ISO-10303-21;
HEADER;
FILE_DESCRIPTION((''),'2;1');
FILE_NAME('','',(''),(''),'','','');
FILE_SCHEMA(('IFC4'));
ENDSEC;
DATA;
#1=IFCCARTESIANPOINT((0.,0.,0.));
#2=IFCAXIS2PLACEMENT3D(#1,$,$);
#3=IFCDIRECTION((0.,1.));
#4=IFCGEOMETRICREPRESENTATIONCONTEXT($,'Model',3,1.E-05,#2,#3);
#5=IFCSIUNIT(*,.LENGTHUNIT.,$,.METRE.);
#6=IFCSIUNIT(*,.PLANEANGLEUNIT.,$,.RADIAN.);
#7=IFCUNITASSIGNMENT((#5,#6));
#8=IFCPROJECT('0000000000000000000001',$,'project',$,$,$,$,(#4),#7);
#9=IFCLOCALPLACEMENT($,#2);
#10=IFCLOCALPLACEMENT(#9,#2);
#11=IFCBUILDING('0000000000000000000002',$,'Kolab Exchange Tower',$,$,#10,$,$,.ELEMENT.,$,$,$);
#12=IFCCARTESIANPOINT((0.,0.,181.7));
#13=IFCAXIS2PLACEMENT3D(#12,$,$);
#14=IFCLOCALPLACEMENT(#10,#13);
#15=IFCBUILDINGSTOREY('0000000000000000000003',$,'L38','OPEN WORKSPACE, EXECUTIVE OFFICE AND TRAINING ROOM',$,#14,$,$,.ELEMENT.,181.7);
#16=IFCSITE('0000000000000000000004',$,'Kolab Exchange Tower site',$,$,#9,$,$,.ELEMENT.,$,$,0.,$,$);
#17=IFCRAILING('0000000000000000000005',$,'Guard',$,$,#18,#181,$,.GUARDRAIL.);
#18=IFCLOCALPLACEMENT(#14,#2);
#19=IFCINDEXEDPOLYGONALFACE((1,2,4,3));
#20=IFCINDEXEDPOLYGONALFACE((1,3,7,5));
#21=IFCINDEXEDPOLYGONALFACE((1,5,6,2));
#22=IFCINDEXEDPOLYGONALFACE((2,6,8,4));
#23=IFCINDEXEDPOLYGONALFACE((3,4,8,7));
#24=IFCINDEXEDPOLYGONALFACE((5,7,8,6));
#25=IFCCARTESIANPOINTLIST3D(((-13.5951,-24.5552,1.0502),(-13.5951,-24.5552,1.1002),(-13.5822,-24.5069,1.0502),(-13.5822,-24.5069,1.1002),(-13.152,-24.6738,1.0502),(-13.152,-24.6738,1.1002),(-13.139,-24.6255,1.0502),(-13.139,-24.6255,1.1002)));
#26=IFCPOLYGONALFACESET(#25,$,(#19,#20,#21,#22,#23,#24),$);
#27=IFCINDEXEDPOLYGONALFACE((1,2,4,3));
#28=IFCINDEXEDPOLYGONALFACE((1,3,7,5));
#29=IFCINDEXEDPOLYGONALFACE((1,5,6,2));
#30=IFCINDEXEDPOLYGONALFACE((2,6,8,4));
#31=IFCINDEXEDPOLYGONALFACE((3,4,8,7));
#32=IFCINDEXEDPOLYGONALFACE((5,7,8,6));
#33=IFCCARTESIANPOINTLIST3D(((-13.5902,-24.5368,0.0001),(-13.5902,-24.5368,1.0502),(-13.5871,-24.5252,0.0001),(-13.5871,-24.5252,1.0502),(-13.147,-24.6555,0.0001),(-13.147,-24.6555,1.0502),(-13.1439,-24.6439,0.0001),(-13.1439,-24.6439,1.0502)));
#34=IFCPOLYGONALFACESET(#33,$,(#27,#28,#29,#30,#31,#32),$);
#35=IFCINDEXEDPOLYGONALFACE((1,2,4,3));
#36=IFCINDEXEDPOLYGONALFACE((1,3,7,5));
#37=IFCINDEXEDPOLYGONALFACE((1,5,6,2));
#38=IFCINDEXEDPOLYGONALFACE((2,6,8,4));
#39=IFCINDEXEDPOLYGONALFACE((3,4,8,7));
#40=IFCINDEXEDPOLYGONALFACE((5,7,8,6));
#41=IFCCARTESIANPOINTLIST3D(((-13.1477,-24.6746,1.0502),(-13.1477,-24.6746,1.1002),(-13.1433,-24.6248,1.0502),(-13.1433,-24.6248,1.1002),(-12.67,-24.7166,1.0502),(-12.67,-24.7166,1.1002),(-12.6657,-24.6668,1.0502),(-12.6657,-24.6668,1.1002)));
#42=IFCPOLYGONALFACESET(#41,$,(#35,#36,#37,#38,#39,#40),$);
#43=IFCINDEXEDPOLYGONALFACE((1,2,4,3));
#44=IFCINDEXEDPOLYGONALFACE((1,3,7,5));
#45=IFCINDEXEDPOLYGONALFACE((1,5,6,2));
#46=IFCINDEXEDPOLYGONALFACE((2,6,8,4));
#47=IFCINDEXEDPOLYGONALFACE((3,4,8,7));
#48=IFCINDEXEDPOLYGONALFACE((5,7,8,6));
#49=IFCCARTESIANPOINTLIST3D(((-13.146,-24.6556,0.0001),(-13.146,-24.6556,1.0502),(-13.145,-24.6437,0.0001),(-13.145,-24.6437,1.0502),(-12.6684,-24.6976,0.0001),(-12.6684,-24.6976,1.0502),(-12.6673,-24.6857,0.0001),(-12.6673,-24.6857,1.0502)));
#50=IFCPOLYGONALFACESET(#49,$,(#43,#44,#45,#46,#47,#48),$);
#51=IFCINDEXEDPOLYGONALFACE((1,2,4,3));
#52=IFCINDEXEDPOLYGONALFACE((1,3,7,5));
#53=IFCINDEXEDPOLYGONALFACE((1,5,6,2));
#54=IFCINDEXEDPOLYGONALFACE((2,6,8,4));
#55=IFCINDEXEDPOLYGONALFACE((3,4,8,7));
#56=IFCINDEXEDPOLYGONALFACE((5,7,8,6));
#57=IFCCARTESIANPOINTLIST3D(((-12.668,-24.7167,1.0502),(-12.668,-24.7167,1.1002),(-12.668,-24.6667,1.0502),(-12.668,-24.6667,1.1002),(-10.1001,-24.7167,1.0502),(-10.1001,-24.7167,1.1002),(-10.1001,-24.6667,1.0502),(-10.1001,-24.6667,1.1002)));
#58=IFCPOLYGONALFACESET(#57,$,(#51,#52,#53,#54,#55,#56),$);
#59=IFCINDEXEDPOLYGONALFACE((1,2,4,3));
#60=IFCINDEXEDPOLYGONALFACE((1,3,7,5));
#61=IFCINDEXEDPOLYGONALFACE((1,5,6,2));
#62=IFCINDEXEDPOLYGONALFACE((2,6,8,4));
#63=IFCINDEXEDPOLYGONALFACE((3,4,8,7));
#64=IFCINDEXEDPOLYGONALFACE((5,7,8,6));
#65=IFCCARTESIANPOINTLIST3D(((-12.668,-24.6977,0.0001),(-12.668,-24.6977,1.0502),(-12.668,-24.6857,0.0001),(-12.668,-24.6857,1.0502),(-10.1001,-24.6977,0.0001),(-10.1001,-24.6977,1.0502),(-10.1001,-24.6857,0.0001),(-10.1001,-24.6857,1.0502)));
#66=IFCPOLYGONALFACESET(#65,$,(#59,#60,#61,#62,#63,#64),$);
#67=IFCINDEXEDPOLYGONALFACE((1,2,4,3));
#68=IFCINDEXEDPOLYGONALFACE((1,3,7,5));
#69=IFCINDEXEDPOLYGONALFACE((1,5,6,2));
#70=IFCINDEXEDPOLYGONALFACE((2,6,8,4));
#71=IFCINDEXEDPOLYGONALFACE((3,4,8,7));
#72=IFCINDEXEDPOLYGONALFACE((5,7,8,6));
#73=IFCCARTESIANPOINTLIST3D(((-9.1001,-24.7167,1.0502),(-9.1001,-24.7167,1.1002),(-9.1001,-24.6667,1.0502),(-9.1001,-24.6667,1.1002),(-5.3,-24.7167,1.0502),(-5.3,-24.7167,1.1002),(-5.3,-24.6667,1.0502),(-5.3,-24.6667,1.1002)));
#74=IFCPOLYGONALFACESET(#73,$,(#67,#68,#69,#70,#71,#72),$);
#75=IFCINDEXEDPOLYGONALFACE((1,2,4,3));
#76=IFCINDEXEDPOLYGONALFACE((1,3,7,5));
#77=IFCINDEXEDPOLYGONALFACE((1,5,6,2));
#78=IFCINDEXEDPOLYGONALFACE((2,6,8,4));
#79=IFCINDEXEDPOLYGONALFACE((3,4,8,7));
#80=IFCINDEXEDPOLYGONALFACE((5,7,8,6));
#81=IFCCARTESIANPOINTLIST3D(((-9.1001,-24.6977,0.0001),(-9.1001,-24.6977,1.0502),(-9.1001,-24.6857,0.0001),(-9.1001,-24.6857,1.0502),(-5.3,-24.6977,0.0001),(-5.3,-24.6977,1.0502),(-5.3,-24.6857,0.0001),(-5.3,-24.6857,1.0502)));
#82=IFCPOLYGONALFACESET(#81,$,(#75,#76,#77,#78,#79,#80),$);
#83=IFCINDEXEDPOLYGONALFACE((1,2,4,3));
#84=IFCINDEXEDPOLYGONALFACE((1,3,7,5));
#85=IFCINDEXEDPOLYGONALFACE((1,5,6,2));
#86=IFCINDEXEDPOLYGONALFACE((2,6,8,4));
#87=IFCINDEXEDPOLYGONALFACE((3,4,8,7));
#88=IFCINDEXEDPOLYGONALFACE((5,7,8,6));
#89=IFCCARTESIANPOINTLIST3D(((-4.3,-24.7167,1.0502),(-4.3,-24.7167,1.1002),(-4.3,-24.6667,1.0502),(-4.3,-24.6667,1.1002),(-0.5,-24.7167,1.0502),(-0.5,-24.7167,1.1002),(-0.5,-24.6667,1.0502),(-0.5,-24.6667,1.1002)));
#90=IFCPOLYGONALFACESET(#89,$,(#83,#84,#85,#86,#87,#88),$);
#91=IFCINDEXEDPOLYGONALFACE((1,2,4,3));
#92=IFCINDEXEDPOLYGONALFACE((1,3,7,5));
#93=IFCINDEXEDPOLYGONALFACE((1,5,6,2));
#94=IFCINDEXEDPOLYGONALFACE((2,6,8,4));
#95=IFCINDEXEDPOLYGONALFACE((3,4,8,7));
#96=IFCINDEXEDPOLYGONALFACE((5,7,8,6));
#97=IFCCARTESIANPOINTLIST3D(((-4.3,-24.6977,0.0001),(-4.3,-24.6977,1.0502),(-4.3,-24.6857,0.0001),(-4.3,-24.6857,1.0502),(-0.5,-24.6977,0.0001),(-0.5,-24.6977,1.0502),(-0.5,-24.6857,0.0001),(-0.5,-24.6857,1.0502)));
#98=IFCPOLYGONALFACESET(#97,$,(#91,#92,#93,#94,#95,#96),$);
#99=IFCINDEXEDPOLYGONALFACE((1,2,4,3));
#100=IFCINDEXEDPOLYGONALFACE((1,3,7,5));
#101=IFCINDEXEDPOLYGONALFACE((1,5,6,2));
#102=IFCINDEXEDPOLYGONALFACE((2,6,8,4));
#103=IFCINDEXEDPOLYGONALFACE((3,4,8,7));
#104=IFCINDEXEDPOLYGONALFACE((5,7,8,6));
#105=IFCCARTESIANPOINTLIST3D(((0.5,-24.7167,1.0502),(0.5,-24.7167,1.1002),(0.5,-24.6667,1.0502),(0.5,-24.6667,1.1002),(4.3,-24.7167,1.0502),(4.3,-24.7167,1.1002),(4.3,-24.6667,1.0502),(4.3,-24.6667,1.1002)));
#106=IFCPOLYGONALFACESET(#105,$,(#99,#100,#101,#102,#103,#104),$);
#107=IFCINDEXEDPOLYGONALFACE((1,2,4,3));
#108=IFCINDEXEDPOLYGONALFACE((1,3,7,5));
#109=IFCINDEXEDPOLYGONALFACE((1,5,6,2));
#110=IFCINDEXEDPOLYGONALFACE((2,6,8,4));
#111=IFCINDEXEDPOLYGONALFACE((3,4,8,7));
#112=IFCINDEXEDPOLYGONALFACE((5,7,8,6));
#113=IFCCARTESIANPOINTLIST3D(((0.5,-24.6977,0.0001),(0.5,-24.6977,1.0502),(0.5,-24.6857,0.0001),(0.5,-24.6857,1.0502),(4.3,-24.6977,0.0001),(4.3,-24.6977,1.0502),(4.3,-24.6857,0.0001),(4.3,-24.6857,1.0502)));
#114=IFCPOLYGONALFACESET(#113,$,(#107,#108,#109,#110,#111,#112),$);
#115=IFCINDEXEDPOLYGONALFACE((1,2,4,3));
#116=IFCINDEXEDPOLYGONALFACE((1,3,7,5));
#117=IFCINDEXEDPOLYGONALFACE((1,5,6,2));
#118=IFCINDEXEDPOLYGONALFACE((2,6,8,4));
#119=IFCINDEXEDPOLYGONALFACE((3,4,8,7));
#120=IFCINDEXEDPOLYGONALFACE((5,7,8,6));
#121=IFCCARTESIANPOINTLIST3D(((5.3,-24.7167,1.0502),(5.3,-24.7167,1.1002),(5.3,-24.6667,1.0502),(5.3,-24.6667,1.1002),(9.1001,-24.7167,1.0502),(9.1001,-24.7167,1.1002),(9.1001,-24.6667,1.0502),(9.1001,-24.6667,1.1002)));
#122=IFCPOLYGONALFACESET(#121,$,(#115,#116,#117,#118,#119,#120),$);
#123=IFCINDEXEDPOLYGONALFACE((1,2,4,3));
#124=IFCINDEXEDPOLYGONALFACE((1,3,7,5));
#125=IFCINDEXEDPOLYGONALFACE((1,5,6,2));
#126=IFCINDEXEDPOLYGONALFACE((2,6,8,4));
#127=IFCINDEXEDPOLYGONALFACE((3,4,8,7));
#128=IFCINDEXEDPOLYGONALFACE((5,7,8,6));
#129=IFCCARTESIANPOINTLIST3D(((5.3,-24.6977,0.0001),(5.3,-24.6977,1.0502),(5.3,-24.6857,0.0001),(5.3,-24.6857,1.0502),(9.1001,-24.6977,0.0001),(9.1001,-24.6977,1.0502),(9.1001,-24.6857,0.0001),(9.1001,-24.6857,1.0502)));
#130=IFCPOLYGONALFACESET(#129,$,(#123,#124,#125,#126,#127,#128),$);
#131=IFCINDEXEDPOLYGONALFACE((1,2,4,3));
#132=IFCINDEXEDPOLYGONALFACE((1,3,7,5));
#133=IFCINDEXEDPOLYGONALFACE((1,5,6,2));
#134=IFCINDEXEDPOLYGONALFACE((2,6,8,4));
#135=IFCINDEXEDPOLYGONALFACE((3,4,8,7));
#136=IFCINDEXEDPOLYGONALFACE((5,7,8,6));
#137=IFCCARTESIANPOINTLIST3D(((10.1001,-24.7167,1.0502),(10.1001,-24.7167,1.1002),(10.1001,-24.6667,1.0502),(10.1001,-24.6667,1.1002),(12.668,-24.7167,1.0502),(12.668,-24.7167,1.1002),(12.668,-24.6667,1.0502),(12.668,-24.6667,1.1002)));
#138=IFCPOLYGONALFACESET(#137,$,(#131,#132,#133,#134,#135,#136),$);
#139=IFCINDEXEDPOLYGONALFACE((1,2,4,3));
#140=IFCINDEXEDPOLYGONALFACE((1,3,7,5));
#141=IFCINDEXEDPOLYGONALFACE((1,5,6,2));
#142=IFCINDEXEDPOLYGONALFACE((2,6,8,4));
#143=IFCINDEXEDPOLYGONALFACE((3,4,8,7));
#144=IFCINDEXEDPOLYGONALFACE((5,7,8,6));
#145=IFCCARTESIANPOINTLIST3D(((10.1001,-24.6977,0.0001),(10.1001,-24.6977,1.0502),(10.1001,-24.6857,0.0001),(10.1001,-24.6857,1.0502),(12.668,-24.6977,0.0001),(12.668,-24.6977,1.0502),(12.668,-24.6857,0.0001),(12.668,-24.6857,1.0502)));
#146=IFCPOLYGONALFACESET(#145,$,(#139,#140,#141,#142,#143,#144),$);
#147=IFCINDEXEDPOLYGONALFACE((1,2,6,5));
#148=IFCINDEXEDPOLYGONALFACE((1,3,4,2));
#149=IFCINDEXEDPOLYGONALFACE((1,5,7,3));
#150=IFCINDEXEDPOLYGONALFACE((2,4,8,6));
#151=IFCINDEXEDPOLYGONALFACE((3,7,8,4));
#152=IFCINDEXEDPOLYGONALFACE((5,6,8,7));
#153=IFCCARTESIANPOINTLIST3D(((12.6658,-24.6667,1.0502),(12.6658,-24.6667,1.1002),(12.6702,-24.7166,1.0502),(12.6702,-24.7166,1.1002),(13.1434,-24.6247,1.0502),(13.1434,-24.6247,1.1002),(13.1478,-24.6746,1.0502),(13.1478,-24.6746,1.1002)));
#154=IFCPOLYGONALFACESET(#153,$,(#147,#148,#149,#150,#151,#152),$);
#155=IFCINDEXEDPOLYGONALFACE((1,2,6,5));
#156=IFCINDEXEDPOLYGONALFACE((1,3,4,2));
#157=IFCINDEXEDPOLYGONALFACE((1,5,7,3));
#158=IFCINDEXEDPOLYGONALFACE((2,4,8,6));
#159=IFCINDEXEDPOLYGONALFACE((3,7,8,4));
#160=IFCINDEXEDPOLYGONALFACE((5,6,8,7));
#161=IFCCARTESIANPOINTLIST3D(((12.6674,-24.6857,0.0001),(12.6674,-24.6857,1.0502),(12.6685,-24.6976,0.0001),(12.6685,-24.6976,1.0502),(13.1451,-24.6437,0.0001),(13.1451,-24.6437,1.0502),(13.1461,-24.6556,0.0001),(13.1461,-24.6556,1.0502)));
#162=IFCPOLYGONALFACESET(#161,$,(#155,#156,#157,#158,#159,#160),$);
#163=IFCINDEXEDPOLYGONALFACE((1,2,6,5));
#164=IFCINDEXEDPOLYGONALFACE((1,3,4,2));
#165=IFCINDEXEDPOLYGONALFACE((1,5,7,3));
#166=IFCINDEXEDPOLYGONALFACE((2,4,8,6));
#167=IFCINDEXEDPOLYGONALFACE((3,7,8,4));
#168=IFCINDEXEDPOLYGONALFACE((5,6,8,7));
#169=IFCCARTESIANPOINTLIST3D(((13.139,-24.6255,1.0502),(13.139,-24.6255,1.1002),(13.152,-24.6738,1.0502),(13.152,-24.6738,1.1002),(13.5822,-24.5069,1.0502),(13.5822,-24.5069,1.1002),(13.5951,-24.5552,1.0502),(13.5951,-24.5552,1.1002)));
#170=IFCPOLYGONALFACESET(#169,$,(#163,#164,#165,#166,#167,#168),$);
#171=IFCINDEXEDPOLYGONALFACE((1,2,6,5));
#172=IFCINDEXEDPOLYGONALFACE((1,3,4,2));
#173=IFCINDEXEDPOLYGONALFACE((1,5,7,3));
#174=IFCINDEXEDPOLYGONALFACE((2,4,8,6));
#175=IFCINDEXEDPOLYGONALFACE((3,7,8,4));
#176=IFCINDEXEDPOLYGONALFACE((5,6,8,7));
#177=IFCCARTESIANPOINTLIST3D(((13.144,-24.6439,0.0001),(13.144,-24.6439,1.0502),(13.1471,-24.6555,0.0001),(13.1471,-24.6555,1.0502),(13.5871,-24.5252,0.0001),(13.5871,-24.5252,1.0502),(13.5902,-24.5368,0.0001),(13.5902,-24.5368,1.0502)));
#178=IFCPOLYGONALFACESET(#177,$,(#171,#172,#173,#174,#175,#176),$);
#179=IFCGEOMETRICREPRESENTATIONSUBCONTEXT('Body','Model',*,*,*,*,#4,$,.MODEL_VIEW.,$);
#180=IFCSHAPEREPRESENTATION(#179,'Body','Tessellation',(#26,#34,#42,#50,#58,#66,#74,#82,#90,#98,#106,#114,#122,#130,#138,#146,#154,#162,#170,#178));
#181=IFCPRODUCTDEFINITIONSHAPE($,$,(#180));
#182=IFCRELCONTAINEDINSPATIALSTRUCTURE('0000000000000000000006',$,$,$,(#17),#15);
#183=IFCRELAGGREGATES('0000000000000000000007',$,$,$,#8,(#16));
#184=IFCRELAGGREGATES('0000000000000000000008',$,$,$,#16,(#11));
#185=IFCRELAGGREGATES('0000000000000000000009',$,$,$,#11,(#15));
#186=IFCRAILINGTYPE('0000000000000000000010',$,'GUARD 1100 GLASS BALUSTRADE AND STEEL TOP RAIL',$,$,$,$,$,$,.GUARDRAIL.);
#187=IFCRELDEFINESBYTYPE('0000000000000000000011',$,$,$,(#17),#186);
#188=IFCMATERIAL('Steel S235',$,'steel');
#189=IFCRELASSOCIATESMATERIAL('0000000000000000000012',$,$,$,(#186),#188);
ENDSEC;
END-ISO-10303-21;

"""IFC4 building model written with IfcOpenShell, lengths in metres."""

from ifc_helpers import new_model, si_unit, direction, frame, frame_2d, origin, origin_2d, place, context, subcontext, project, spatial, rectangle, extrude, material, type_object, element, save


model = new_model("IFC4")

# Units and contexts
model_context = context("Model", 3, precision=1e-05, world=origin(), true_north=direction((0.0, 1.0)))
body_context = subcontext(model_context, "Body", "Model", "MODEL_VIEW")
ifc_project = project(units=[si_unit("LENGTHUNIT", "METRE"), si_unit("PLANEANGLEUNIT", "RADIAN")], contexts=[model_context])

# Site, building, storey
site_placement = place(None, origin())
site = spatial("IfcSite", under=ifc_project, at=site_placement, Name="Kolab Exchange Tower site", CompositionType="ELEMENT", RefElevation=0.0)
building_placement = place(site_placement, origin())
building = spatial("IfcBuilding", under=site, at=building_placement, Name="Kolab Exchange Tower", CompositionType="ELEMENT")
storey_placement = place(building_placement, frame((0.0, 0.0, 181.7)))
storey = spatial("IfcBuildingStorey", under=building, at=storey_placement, Name="L38", Description="OPEN WORKSPACE, EXECUTIVE OFFICE AND TRAINING ROOM", CompositionType="ELEMENT", Elevation=181.7)

# Railing
ifc_material_1 = material(Name="Steel S235", Category="steel")
railing_type = type_object("IfcRailingType", Name="GUARD 1100 GLASS BALUSTRADE AND STEEL TOP RAIL", PredefinedType="GUARDRAIL", material=ifc_material_1)
railing_placement = place(storey_placement, frame((-13.5886, -24.531, 0.0)))
element("IfcRailing", 1, at=railing_placement, inside=storey, type_object=railing_type, Name="Guard", PredefinedType="GUARDRAIL", context=body_context, shape_type="SweptSolid", body=[
    extrude(rectangle(XDim=0.05, YDim=0.05, at=origin_2d()), frame((0.0, 0.0, 1.0752), z_axis=(0.965969, -0.258656, 0.0), x_axis=(0.258656, 0.965969, 0.0)), (0.0, 0.0, 1.0), 0.4587),
    extrude(rectangle(XDim=0.012, YDim=1.0501, at=frame_2d((0.0, 0.5251))), frame((0.0, 0.0, 0.0), z_axis=(0.965969, -0.258656, 0.0), x_axis=(0.258656, 0.965969, 0.0)), (0.0, 0.0, 1.0), 0.4587),
    extrude(rectangle(XDim=0.05, YDim=0.05, at=origin_2d()), frame((0.4431, -0.1187, 1.0752), z_axis=(0.996156, -0.087597, 0.0), x_axis=(0.087597, 0.996156, 0.0)), (0.0, 0.0, 1.0), 0.4795),
    extrude(rectangle(XDim=0.012, YDim=1.0501, at=frame_2d((0.0, 0.5251))), frame((0.4431, -0.1187, 0.0), z_axis=(0.996156, -0.087597, 0.0), x_axis=(0.087597, 0.996156, 0.0)), (0.0, 0.0, 1.0), 0.4795),
    extrude(rectangle(XDim=0.05, YDim=0.05, at=origin_2d()), frame((0.9207, -0.1606, 1.0752), z_axis=(1.0, 0.0, 0.0), x_axis=(0.0, 1.0, 0.0)), (0.0, 0.0, 1.0), 2.5679),
    extrude(rectangle(XDim=0.012, YDim=1.0501, at=frame_2d((0.0, 0.5251))), frame((0.9207, -0.1606, 0.0), z_axis=(1.0, 0.0, 0.0), x_axis=(0.0, 1.0, 0.0)), (0.0, 0.0, 1.0), 2.5679),
    extrude(rectangle(XDim=0.05, YDim=0.05, at=origin_2d()), frame((4.4885, -0.1606, 1.0752), z_axis=(1.0, 0.0, 0.0), x_axis=(0.0, 1.0, 0.0)), (0.0, 0.0, 1.0), 3.8),
    extrude(rectangle(XDim=0.012, YDim=1.0501, at=frame_2d((0.0, 0.5251))), frame((4.4885, -0.1606, 0.0), z_axis=(1.0, 0.0, 0.0), x_axis=(0.0, 1.0, 0.0)), (0.0, 0.0, 1.0), 3.8),
    extrude(rectangle(XDim=0.05, YDim=0.05, at=origin_2d()), frame((9.2886, -0.1606, 1.0752), z_axis=(1.0, 0.0, 0.0), x_axis=(0.0, 1.0, 0.0)), (0.0, 0.0, 1.0), 3.8),
    extrude(rectangle(XDim=0.012, YDim=1.0501, at=frame_2d((0.0, 0.5251))), frame((9.2886, -0.1606, 0.0), z_axis=(1.0, 0.0, 0.0), x_axis=(0.0, 1.0, 0.0)), (0.0, 0.0, 1.0), 3.8),
    extrude(rectangle(XDim=0.05, YDim=0.05, at=origin_2d()), frame((14.0886, -0.1606, 1.0752), z_axis=(1.0, 0.0, 0.0), x_axis=(0.0, 1.0, 0.0)), (0.0, 0.0, 1.0), 3.8),
    extrude(rectangle(XDim=0.012, YDim=1.0501, at=frame_2d((0.0, 0.5251))), frame((14.0886, -0.1606, 0.0), z_axis=(1.0, 0.0, 0.0), x_axis=(0.0, 1.0, 0.0)), (0.0, 0.0, 1.0), 3.8),
    extrude(rectangle(XDim=0.05, YDim=0.05, at=origin_2d()), frame((18.8887, -0.1606, 1.0752), z_axis=(1.0, 0.0, 0.0), x_axis=(0.0, 1.0, 0.0)), (0.0, 0.0, 1.0), 3.8),
    extrude(rectangle(XDim=0.012, YDim=1.0501, at=frame_2d((0.0, 0.5251))), frame((18.8887, -0.1606, 0.0), z_axis=(1.0, 0.0, 0.0), x_axis=(0.0, 1.0, 0.0)), (0.0, 0.0, 1.0), 3.8),
    extrude(rectangle(XDim=0.05, YDim=0.05, at=origin_2d()), frame((23.6887, -0.1606, 1.0752), z_axis=(1.0, 0.0, 0.0), x_axis=(0.0, 1.0, 0.0)), (0.0, 0.0, 1.0), 2.5679),
    extrude(rectangle(XDim=0.012, YDim=1.0501, at=frame_2d((0.0, 0.5251))), frame((23.6887, -0.1606, 0.0), z_axis=(1.0, 0.0, 0.0), x_axis=(0.0, 1.0, 0.0)), (0.0, 0.0, 1.0), 2.5679),
    extrude(rectangle(XDim=0.05, YDim=0.05, at=origin_2d()), frame((26.2566, -0.1606, 1.0752), z_axis=(0.996156, 0.087597, 0.0), x_axis=(-0.087597, 0.996156, 0.0)), (0.0, 0.0, 1.0), 0.4795),
    extrude(rectangle(XDim=0.012, YDim=1.0501, at=frame_2d((0.0, 0.5251))), frame((26.2566, -0.1606, 0.0), z_axis=(0.996156, 0.087597, 0.0), x_axis=(-0.087597, 0.996156, 0.0)), (0.0, 0.0, 1.0), 0.4795),
    extrude(rectangle(XDim=0.05, YDim=0.05, at=origin_2d()), frame((26.7341, -0.1187, 1.0752), z_axis=(0.965969, 0.258656, 0.0), x_axis=(-0.258656, 0.965969, 0.0)), (0.0, 0.0, 1.0), 0.4587),
    extrude(rectangle(XDim=0.012, YDim=1.0501, at=frame_2d((0.0, 0.5251))), frame((26.7341, -0.1187, 0.0), z_axis=(0.965969, 0.258656, 0.0), x_axis=(-0.258656, 0.965969, 0.0)), (0.0, 0.0, 1.0), 0.4587),
])

save(model, "model.ifc")
